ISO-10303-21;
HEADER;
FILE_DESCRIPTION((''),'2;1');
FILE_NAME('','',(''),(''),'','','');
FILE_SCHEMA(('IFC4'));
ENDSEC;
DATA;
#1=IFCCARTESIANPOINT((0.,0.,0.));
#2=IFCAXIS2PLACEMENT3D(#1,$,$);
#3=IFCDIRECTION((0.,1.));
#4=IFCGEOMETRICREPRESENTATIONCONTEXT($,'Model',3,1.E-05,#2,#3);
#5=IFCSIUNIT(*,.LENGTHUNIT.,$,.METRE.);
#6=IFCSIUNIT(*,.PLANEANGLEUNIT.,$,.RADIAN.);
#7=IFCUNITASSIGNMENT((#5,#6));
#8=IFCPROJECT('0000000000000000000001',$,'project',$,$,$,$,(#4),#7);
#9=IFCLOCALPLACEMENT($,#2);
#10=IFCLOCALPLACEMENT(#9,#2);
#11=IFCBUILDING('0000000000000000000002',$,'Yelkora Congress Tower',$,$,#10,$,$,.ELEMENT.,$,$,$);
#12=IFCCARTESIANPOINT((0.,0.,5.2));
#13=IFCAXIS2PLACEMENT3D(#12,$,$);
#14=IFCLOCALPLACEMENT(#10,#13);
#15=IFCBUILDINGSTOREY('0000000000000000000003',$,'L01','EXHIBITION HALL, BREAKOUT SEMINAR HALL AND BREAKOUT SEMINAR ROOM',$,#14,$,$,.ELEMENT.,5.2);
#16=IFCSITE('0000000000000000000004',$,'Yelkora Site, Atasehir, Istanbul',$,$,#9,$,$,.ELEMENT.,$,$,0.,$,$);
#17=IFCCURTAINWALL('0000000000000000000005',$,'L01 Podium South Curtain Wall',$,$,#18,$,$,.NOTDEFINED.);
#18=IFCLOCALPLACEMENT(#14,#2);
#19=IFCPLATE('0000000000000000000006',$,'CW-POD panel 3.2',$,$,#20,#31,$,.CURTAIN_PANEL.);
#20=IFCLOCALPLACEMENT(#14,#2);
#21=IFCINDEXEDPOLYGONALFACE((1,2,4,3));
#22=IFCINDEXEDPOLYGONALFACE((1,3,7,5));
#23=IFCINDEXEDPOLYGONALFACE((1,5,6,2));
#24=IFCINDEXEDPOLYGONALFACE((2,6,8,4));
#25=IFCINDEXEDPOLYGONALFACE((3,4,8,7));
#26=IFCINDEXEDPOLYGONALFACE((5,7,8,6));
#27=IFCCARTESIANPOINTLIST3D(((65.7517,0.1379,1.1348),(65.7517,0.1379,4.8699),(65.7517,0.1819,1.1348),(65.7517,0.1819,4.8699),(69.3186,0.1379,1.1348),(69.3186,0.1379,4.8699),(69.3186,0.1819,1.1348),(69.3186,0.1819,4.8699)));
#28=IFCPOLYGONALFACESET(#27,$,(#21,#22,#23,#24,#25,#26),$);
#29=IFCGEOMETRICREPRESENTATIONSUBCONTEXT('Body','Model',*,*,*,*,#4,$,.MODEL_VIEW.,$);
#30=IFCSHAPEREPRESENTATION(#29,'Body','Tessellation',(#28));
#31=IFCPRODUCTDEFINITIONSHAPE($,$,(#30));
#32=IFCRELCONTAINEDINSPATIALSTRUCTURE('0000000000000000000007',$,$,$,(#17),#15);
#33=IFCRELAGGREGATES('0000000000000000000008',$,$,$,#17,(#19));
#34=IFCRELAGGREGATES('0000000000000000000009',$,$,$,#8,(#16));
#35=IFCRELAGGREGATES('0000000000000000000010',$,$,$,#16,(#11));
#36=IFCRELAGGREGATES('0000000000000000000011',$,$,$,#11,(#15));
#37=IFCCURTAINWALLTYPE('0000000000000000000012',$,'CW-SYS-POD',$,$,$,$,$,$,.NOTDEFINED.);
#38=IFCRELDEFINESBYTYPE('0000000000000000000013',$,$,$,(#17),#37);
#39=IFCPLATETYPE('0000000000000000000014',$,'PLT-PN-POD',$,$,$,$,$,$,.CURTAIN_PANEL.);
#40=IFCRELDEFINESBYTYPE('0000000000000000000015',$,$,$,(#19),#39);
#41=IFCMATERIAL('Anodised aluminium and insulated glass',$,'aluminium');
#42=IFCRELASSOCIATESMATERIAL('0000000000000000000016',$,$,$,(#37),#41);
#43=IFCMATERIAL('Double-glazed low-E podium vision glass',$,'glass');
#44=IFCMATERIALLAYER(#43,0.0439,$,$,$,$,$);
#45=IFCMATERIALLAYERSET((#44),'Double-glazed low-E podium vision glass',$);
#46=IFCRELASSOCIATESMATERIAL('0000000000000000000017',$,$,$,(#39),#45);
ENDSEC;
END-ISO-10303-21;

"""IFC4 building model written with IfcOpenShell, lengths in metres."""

from ifc_helpers import new_model, si_unit, direction, frame, origin, origin_2d, place, context, subcontext, project, spatial, rectangle, extrude, material, layer, layer_set, type_object, element, aggregate, save


model = new_model("IFC4")

# Units and contexts
model_context = context("Model", 3, precision=1e-05, world=origin(), true_north=direction((0.0, 1.0)))
body_context = subcontext(model_context, "Body", "Model", "MODEL_VIEW")
ifc_project = project(units=[si_unit("LENGTHUNIT", "METRE"), si_unit("PLANEANGLEUNIT", "RADIAN")], contexts=[model_context])

# Site, building, storey
site_placement = place(None, origin())
site = spatial("IfcSite", under=ifc_project, at=site_placement, Name="Yelkora Site, Atasehir, Istanbul", CompositionType="ELEMENT", RefElevation=0.0)
building_placement = place(site_placement, origin())
building = spatial("IfcBuilding", under=site, at=building_placement, Name="Yelkora Congress Tower", CompositionType="ELEMENT")
storey_placement = place(building_placement, frame((0.0, 0.0, 5.2)))
storey = spatial("IfcBuildingStorey", under=building, at=storey_placement, Name="L01", Description="EXHIBITION HALL, BREAKOUT SEMINAR HALL AND BREAKOUT SEMINAR ROOM", CompositionType="ELEMENT", Elevation=5.2)

# Curtain wall, plate
ifc_material_1 = material(Name="Anodised aluminium and insulated glass", Category="aluminium")
curtain_wall_type = type_object("IfcCurtainWallType", Name="CW-SYS-POD", PredefinedType="NOTDEFINED", material=ifc_material_1)
curtain_wall_placement = place(storey_placement, origin())
curtain_wall = element("IfcCurtainWall", 1, at=curtain_wall_placement, inside=storey, type_object=curtain_wall_type, Name="L01 Podium South Curtain Wall", PredefinedType="NOTDEFINED")
ifc_material_2 = material(Name="Double-glazed low-E podium vision glass", Category="glass")
ifc_layer = layer(ifc_material_2, 0.0439)
ifc_layer_set = layer_set([ifc_layer], Name="Double-glazed low-E podium vision glass")
plate_type = type_object("IfcPlateType", Name="PLT-PN-POD", PredefinedType="CURTAIN_PANEL", material=ifc_layer_set)
plate_1_placement = place(storey_placement, frame((67.5352, 0.1599, 1.1348), z_axis=(0.0, 0.0, 1.0), x_axis=(-1.0, 0.0, 0.0)))
plate_1 = element("IfcPlate", 2, at=plate_1_placement, type_object=plate_type, Name="CW-POD panel 3.2", PredefinedType="CURTAIN_PANEL", context=body_context, shape_type="SweptSolid", body=[
    extrude(rectangle(XDim=3.5669, YDim=0.0439, at=origin_2d()), origin(), (0.0, 0.0, 1.0), 3.7351),
])
aggregate(curtain_wall, [plate_1])

save(model, "model.ifc")
